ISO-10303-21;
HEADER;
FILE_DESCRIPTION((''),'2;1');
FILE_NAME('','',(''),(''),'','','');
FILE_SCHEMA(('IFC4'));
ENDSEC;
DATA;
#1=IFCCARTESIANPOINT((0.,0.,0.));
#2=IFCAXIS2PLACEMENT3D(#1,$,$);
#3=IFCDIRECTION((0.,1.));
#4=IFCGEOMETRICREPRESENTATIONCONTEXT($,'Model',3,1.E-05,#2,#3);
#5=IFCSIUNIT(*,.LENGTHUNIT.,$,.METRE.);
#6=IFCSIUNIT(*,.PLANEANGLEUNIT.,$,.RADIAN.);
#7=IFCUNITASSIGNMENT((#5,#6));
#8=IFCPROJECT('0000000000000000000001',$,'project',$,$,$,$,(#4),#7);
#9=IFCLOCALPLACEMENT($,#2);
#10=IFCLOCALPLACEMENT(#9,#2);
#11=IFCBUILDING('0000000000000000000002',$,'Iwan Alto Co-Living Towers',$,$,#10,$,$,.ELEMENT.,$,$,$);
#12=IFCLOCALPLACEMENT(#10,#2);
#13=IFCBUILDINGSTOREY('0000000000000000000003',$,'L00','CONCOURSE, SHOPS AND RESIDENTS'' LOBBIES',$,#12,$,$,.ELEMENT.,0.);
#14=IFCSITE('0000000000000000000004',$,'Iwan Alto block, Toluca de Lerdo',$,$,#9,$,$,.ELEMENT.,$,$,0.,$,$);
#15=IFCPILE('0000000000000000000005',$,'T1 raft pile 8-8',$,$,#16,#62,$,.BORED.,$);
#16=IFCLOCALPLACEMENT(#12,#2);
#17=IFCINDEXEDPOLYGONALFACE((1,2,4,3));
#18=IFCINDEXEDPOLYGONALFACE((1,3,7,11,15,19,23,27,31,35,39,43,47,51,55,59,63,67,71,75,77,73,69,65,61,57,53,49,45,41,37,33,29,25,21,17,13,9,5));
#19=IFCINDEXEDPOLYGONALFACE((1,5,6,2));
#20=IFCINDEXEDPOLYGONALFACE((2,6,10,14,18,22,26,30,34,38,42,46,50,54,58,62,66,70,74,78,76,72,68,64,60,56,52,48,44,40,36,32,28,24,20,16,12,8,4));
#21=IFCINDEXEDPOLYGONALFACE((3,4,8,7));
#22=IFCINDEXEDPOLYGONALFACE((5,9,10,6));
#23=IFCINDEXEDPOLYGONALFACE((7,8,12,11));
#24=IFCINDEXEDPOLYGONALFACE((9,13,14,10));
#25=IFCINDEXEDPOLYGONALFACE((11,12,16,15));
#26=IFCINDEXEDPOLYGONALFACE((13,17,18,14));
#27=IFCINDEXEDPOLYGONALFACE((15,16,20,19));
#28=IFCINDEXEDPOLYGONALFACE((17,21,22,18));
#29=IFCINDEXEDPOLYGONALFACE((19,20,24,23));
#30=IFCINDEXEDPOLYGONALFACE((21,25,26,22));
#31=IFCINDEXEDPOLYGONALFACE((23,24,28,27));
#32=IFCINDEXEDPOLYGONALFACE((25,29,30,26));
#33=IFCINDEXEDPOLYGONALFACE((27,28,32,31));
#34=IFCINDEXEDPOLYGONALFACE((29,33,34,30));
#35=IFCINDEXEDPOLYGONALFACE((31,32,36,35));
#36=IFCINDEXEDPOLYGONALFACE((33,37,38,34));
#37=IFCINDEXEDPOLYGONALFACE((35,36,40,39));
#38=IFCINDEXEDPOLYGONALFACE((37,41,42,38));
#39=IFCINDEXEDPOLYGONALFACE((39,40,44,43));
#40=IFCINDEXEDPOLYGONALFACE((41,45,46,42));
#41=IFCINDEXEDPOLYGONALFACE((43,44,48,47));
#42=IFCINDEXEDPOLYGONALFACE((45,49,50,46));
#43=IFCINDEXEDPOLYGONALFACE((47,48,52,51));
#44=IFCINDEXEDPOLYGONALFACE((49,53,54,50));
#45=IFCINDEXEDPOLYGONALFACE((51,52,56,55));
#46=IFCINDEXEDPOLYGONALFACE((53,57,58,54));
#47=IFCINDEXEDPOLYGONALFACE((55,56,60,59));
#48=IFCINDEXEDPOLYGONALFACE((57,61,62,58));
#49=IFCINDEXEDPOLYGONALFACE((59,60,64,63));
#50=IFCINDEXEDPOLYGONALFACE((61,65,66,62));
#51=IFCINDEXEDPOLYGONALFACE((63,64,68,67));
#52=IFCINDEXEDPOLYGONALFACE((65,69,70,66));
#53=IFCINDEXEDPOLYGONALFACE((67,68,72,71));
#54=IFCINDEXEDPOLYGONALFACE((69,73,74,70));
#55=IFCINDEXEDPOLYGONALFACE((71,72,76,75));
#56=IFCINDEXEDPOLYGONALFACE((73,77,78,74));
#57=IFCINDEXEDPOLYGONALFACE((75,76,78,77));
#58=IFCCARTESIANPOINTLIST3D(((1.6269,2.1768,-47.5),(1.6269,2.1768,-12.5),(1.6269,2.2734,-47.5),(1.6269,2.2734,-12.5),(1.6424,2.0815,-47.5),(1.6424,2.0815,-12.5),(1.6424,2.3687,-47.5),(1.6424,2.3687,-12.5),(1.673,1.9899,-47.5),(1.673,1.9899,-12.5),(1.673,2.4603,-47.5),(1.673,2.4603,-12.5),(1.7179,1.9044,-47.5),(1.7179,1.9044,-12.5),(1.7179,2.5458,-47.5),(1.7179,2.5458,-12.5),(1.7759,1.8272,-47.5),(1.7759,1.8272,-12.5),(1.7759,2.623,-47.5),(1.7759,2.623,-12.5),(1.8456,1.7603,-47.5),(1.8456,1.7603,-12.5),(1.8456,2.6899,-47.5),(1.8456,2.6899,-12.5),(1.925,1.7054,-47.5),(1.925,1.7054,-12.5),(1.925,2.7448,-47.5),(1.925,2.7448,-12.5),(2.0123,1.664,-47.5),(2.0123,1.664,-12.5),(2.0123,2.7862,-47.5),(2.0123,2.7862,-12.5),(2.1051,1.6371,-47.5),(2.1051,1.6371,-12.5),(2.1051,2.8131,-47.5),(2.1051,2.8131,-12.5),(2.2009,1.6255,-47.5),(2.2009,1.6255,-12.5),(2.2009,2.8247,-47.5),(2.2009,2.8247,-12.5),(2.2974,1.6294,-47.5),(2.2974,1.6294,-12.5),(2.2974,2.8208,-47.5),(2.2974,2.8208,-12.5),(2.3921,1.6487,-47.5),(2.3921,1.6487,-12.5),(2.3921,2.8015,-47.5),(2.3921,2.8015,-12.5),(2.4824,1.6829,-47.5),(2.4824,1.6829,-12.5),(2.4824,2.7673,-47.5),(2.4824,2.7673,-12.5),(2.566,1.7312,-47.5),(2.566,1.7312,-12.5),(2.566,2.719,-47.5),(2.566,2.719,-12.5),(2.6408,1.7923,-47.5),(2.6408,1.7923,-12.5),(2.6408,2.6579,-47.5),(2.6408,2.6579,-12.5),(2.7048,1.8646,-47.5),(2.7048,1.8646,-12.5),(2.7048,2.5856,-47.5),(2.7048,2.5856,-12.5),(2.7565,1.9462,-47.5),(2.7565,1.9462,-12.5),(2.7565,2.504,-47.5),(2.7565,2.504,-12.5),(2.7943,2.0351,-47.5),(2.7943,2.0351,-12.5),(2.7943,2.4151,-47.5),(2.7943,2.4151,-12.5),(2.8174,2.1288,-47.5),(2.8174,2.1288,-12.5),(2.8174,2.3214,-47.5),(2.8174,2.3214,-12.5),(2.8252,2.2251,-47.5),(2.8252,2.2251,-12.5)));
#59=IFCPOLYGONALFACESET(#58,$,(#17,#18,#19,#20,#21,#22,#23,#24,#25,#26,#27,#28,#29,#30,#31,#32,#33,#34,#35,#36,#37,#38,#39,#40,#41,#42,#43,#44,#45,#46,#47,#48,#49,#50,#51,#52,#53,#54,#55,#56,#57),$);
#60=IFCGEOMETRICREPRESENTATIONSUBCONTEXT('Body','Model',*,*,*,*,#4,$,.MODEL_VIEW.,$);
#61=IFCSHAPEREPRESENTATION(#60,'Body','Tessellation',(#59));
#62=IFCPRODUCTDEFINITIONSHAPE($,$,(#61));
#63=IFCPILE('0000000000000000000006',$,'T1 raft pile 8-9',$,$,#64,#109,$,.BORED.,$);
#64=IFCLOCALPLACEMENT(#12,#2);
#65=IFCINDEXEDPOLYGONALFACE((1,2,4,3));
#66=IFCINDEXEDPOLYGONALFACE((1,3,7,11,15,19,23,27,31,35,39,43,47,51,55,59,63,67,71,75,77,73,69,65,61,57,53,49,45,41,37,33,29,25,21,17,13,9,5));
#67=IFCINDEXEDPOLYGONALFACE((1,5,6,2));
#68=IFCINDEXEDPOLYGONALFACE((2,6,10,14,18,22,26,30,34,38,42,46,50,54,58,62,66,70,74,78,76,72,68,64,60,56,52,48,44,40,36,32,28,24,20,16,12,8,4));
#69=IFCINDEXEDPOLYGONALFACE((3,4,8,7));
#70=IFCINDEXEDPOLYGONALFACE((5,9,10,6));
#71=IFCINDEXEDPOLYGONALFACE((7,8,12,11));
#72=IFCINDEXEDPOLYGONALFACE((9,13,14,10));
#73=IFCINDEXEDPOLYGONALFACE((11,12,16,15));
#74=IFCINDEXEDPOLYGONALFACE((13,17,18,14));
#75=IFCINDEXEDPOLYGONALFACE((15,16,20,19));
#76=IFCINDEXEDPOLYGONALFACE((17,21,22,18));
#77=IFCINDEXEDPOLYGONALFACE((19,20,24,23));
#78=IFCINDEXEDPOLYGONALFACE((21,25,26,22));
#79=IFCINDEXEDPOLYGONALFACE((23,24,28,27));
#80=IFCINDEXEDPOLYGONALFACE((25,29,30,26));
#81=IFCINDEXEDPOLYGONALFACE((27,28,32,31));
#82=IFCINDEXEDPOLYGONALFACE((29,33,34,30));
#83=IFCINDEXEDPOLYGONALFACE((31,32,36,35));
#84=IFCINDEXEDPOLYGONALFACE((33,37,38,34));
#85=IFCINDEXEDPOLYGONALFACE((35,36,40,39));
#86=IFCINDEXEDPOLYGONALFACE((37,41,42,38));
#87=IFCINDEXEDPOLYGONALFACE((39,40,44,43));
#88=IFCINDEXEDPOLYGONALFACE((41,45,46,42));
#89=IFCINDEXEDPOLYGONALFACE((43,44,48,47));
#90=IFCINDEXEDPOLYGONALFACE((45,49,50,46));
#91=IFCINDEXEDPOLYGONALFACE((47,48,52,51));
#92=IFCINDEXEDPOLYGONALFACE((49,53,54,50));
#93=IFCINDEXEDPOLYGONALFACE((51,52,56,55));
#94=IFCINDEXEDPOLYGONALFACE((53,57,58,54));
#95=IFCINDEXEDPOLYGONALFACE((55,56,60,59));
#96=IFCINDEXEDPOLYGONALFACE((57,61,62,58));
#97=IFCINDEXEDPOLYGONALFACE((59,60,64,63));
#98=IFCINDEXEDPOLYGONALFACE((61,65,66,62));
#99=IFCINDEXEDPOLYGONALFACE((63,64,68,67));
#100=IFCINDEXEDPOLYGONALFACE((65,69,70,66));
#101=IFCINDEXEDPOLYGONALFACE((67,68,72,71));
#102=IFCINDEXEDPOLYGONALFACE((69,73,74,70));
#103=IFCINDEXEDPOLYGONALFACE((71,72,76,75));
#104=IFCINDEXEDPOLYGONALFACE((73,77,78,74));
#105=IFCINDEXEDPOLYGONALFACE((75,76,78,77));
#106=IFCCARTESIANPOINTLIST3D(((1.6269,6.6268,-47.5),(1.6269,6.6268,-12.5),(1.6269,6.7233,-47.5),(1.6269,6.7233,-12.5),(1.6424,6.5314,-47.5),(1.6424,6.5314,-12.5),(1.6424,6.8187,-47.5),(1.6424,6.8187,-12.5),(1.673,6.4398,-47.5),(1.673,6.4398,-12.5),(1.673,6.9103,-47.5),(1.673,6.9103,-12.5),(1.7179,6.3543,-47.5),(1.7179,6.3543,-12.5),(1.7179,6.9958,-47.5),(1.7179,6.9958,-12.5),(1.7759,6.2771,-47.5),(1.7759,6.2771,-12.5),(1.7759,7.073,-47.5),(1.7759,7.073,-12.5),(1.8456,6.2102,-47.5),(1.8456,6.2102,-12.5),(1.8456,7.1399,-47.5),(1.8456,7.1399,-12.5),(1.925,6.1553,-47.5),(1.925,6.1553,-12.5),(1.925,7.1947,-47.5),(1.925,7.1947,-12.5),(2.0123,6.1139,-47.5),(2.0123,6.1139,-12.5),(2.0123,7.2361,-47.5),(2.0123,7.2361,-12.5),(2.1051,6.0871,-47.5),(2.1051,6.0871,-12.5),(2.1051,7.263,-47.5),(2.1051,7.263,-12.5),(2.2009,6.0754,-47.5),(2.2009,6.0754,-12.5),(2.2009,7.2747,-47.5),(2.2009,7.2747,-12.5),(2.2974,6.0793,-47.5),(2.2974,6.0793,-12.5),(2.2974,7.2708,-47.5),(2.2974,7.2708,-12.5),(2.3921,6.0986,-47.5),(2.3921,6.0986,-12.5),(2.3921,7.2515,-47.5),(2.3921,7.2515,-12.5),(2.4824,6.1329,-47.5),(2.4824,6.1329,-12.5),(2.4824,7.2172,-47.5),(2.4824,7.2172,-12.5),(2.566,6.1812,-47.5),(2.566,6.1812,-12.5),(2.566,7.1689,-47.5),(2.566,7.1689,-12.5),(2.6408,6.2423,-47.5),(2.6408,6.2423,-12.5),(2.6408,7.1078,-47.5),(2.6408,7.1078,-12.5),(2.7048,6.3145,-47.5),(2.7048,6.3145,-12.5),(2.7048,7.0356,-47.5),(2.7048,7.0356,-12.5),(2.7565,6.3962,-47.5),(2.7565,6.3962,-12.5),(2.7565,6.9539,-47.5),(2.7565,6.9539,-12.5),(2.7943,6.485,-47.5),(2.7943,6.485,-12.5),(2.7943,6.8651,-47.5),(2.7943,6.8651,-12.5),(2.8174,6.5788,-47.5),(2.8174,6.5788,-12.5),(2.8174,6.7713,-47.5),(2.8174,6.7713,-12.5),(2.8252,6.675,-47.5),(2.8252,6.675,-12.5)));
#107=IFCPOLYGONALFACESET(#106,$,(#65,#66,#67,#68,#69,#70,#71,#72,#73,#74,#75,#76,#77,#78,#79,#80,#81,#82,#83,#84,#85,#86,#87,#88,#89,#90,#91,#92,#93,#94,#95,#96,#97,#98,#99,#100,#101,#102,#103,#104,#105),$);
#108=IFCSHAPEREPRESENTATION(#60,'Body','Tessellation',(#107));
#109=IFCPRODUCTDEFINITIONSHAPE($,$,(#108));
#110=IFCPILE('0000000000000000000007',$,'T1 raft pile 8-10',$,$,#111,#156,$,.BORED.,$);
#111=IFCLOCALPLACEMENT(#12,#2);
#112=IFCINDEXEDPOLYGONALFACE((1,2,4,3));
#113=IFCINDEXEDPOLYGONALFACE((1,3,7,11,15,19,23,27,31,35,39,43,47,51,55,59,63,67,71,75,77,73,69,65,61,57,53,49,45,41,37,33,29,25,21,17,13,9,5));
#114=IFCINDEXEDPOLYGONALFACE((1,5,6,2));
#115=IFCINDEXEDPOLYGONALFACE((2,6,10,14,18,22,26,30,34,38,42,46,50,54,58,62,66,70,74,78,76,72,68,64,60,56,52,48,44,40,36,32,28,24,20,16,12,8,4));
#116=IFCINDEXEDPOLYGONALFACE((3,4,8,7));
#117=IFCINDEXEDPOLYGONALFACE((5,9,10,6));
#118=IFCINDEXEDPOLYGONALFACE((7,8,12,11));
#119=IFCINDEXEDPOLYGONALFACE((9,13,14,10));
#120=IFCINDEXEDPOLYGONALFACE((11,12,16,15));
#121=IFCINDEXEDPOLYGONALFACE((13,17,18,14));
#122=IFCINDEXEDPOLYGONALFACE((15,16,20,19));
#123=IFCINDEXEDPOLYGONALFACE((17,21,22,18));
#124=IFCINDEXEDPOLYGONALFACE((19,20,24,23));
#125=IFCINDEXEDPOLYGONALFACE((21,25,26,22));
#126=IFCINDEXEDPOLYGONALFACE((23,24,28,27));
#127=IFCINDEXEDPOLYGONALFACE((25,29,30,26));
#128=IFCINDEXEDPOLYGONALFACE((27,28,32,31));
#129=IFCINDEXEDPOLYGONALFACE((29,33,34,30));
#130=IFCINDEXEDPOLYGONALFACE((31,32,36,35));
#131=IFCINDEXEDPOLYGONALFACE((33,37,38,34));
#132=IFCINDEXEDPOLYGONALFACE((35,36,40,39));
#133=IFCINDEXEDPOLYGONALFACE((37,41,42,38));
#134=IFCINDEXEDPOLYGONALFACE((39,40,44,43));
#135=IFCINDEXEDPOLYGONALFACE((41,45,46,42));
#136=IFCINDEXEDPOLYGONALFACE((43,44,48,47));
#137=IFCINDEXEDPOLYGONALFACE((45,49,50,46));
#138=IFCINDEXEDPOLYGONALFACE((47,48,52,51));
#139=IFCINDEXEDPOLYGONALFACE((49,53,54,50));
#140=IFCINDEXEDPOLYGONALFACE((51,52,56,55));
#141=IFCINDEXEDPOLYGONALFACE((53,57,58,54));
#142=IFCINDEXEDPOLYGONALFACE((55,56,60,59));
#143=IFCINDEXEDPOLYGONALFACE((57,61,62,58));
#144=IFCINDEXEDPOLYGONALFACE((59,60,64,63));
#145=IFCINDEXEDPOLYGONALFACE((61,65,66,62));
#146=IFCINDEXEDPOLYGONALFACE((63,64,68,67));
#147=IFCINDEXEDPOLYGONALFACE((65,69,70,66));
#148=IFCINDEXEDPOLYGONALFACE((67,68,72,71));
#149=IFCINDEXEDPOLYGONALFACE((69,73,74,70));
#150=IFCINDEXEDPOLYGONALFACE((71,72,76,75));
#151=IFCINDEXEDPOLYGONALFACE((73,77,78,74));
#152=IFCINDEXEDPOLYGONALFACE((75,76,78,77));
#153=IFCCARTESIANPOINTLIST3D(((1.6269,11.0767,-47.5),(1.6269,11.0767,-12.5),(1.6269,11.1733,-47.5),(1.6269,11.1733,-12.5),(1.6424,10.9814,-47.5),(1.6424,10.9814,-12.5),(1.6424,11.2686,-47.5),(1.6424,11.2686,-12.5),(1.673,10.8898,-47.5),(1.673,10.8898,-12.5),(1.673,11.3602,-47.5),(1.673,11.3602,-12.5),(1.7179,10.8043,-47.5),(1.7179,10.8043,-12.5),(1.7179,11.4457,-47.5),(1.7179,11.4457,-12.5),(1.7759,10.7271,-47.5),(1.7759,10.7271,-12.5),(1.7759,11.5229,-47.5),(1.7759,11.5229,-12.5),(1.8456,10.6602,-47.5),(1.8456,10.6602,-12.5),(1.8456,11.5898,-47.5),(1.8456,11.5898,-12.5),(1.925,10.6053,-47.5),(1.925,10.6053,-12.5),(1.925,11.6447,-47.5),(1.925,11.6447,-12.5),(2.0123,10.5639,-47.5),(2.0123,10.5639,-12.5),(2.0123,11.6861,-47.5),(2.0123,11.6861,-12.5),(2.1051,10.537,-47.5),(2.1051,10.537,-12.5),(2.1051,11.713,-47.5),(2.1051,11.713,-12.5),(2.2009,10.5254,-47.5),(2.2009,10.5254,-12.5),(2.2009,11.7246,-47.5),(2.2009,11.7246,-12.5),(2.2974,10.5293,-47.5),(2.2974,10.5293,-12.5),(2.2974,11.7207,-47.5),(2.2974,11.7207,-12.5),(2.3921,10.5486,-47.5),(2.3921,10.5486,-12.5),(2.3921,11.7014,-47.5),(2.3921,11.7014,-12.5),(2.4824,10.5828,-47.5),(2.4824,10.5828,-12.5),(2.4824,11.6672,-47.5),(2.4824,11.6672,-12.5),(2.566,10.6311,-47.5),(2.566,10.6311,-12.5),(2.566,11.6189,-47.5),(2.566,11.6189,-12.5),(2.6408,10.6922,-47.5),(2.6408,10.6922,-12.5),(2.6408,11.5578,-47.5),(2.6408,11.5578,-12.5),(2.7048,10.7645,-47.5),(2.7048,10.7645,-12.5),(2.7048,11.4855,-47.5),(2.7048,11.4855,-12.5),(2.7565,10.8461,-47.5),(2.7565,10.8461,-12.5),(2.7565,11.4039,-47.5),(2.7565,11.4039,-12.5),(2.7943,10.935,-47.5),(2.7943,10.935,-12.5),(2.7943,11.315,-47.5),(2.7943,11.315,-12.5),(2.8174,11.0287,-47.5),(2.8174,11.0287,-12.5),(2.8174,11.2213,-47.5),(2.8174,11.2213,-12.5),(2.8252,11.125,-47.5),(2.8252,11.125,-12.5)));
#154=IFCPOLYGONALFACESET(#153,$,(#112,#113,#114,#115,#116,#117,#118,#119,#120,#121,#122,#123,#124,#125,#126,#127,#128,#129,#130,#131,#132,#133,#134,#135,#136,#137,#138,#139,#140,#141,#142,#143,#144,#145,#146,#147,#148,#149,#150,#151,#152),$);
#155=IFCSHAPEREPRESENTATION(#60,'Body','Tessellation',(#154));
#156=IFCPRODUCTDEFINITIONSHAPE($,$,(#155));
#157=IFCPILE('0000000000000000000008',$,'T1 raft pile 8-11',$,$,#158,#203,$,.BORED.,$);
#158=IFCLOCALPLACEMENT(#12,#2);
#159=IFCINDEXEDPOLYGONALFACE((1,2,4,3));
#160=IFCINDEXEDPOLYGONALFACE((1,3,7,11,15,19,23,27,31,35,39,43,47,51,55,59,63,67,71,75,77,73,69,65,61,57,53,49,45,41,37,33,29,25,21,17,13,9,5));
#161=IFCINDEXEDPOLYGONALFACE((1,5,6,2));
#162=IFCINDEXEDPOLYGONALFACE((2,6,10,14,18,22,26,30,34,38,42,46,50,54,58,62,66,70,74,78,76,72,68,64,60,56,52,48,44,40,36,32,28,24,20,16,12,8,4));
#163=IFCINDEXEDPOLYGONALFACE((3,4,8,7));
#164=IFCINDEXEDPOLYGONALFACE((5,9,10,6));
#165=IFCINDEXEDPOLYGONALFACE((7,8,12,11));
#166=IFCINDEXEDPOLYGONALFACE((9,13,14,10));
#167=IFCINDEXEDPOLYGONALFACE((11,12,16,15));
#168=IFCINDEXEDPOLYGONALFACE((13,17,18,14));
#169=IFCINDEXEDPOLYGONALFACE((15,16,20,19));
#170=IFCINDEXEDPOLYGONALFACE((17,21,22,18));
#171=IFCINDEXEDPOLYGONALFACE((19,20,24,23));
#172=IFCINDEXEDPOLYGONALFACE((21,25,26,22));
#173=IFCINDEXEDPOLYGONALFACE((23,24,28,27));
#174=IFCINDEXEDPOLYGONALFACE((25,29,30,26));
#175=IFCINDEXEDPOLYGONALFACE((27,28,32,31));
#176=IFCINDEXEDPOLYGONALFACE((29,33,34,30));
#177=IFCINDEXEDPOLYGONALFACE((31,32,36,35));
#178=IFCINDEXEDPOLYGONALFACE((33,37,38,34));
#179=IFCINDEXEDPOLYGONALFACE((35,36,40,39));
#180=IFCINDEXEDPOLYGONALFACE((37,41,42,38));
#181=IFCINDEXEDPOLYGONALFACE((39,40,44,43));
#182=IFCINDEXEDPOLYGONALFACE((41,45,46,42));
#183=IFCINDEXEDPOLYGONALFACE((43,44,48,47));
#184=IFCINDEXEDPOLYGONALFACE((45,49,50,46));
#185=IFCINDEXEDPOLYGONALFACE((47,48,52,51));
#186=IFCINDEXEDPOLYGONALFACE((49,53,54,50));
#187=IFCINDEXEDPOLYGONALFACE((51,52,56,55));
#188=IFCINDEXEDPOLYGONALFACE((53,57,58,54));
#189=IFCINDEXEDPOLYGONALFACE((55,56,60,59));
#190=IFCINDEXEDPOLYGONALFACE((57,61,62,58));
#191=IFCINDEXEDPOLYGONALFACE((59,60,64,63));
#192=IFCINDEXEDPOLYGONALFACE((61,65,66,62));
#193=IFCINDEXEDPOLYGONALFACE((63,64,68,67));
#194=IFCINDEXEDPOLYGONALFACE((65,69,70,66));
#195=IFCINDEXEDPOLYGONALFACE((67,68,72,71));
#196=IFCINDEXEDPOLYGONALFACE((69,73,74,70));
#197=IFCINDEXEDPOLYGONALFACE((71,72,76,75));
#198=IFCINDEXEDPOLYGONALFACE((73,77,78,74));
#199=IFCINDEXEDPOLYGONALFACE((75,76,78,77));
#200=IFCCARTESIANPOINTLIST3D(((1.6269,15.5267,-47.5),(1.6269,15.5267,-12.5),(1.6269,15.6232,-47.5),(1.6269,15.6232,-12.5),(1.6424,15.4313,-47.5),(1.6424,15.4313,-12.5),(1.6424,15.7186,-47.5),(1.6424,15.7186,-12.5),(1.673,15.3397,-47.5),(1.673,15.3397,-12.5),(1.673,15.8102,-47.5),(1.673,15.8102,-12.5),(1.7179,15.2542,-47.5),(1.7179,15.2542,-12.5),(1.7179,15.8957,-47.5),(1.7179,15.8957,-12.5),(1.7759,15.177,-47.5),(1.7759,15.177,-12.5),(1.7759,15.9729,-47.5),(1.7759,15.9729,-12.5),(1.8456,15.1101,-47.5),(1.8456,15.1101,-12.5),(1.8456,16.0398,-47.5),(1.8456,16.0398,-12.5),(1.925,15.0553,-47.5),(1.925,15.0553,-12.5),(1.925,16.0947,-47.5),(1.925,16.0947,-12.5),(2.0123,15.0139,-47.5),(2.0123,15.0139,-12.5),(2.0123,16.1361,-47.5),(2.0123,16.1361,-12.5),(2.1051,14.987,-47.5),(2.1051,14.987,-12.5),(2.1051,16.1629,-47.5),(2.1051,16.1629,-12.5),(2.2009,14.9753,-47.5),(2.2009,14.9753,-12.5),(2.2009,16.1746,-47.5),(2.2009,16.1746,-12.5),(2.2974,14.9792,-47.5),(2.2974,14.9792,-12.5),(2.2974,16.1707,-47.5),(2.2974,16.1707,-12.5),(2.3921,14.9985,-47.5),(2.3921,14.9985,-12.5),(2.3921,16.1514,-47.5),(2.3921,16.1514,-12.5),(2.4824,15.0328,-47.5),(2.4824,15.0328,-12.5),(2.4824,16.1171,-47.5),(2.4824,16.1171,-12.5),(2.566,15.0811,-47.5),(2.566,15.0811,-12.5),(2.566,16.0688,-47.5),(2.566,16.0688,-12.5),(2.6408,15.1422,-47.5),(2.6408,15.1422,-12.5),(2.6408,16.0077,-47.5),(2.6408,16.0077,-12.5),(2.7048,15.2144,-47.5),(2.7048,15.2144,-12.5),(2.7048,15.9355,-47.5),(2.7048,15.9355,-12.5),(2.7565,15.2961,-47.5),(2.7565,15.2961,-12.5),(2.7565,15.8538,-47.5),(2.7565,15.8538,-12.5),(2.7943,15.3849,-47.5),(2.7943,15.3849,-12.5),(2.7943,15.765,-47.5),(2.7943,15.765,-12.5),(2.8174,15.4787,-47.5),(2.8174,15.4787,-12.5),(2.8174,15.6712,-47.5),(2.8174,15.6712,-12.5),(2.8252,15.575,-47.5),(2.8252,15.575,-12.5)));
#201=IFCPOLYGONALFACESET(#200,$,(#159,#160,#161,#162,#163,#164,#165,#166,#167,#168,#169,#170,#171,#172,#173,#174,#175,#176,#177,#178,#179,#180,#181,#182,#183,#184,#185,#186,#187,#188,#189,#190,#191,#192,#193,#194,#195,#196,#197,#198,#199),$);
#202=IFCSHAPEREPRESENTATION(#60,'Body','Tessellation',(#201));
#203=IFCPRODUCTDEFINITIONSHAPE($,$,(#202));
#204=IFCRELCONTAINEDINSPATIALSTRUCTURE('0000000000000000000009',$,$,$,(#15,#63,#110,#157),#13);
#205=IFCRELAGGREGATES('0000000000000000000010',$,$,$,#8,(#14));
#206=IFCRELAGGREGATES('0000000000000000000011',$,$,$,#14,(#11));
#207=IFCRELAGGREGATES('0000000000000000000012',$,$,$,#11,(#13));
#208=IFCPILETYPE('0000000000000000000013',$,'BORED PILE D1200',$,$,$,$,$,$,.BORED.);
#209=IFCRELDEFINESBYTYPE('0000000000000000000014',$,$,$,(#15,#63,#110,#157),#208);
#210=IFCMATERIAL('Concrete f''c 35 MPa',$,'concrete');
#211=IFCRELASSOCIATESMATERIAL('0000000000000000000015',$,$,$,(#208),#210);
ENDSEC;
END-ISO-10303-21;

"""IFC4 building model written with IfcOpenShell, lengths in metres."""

from ifc_helpers import new_model, si_unit, direction, frame, origin, origin_2d, place, context, subcontext, project, spatial, circle, extrude, material, material_profile, profile_set, type_object, element, save


model = new_model("IFC4")

# Units and contexts
model_context = context("Model", 3, precision=1e-05, world=origin(), true_north=direction((0.0, 1.0)))
body_context = subcontext(model_context, "Body", "Model", "MODEL_VIEW")
ifc_project = project(units=[si_unit("LENGTHUNIT", "METRE"), si_unit("PLANEANGLEUNIT", "RADIAN")], contexts=[model_context])

# Site, building, storey
site_placement = place(None, origin())
site = spatial("IfcSite", under=ifc_project, at=site_placement, Name="Iwan Alto block, Toluca de Lerdo", CompositionType="ELEMENT", RefElevation=0.0)
building_placement = place(site_placement, origin())
building = spatial("IfcBuilding", under=site, at=building_placement, Name="Iwan Alto Co-Living Towers", CompositionType="ELEMENT")
storey_placement = place(building_placement, origin())
storey = spatial("IfcBuildingStorey", under=building, at=storey_placement, Name="L00", Description="CONCOURSE, SHOPS AND RESIDENTS' LOBBIES", CompositionType="ELEMENT", Elevation=0.0)

# Piles
ifc_material_1 = material(Name="Concrete f'c 35 MPa", Category="concrete")
ifc_material_profile_1 = material_profile(ifc_material_1, circle(Radius=0.6001, at=origin_2d()), Name="D1200")
ifc_profile_set_1 = profile_set([ifc_material_profile_1], Name="Concrete f'c 35 MPa")
pile_type = type_object("IfcPileType", Name="BORED PILE D1200", PredefinedType="BORED", material=ifc_profile_set_1)
for number, where, z_axis, x_axis, name in (
    (1, (2.2251, 2.2251, -12.5), (0.0, 0.0, -1.0), (1.0, 0.0, 0.0), "T1 raft pile 8-8"),
    (2, (2.2251, 6.675, -12.5), (0.0, 0.0, -1.0), (1.0, 0.0, 0.0), "T1 raft pile 8-9"),
    (3, (2.2251, 11.125, -12.5), (0.0, 0.0, -1.0), (1.0, 0.0, 0.0), "T1 raft pile 8-10"),
    (4, (2.2251, 15.575, -12.5), (0.0, 0.0, -1.0), (1.0, 0.0, 0.0), "T1 raft pile 8-11"),
):
    element("IfcPile", number, at=place(storey_placement, frame(where, z_axis=z_axis, x_axis=x_axis)), inside=storey, type_object=pile_type, Name=name, PredefinedType="BORED", context=body_context, shape_type="SweptSolid", body=[
        extrude(circle(Radius=0.6001, at=origin_2d()), origin(), (0.0, 0.0, 1.0), 35.0),
    ])

save(model, "model.ifc")
